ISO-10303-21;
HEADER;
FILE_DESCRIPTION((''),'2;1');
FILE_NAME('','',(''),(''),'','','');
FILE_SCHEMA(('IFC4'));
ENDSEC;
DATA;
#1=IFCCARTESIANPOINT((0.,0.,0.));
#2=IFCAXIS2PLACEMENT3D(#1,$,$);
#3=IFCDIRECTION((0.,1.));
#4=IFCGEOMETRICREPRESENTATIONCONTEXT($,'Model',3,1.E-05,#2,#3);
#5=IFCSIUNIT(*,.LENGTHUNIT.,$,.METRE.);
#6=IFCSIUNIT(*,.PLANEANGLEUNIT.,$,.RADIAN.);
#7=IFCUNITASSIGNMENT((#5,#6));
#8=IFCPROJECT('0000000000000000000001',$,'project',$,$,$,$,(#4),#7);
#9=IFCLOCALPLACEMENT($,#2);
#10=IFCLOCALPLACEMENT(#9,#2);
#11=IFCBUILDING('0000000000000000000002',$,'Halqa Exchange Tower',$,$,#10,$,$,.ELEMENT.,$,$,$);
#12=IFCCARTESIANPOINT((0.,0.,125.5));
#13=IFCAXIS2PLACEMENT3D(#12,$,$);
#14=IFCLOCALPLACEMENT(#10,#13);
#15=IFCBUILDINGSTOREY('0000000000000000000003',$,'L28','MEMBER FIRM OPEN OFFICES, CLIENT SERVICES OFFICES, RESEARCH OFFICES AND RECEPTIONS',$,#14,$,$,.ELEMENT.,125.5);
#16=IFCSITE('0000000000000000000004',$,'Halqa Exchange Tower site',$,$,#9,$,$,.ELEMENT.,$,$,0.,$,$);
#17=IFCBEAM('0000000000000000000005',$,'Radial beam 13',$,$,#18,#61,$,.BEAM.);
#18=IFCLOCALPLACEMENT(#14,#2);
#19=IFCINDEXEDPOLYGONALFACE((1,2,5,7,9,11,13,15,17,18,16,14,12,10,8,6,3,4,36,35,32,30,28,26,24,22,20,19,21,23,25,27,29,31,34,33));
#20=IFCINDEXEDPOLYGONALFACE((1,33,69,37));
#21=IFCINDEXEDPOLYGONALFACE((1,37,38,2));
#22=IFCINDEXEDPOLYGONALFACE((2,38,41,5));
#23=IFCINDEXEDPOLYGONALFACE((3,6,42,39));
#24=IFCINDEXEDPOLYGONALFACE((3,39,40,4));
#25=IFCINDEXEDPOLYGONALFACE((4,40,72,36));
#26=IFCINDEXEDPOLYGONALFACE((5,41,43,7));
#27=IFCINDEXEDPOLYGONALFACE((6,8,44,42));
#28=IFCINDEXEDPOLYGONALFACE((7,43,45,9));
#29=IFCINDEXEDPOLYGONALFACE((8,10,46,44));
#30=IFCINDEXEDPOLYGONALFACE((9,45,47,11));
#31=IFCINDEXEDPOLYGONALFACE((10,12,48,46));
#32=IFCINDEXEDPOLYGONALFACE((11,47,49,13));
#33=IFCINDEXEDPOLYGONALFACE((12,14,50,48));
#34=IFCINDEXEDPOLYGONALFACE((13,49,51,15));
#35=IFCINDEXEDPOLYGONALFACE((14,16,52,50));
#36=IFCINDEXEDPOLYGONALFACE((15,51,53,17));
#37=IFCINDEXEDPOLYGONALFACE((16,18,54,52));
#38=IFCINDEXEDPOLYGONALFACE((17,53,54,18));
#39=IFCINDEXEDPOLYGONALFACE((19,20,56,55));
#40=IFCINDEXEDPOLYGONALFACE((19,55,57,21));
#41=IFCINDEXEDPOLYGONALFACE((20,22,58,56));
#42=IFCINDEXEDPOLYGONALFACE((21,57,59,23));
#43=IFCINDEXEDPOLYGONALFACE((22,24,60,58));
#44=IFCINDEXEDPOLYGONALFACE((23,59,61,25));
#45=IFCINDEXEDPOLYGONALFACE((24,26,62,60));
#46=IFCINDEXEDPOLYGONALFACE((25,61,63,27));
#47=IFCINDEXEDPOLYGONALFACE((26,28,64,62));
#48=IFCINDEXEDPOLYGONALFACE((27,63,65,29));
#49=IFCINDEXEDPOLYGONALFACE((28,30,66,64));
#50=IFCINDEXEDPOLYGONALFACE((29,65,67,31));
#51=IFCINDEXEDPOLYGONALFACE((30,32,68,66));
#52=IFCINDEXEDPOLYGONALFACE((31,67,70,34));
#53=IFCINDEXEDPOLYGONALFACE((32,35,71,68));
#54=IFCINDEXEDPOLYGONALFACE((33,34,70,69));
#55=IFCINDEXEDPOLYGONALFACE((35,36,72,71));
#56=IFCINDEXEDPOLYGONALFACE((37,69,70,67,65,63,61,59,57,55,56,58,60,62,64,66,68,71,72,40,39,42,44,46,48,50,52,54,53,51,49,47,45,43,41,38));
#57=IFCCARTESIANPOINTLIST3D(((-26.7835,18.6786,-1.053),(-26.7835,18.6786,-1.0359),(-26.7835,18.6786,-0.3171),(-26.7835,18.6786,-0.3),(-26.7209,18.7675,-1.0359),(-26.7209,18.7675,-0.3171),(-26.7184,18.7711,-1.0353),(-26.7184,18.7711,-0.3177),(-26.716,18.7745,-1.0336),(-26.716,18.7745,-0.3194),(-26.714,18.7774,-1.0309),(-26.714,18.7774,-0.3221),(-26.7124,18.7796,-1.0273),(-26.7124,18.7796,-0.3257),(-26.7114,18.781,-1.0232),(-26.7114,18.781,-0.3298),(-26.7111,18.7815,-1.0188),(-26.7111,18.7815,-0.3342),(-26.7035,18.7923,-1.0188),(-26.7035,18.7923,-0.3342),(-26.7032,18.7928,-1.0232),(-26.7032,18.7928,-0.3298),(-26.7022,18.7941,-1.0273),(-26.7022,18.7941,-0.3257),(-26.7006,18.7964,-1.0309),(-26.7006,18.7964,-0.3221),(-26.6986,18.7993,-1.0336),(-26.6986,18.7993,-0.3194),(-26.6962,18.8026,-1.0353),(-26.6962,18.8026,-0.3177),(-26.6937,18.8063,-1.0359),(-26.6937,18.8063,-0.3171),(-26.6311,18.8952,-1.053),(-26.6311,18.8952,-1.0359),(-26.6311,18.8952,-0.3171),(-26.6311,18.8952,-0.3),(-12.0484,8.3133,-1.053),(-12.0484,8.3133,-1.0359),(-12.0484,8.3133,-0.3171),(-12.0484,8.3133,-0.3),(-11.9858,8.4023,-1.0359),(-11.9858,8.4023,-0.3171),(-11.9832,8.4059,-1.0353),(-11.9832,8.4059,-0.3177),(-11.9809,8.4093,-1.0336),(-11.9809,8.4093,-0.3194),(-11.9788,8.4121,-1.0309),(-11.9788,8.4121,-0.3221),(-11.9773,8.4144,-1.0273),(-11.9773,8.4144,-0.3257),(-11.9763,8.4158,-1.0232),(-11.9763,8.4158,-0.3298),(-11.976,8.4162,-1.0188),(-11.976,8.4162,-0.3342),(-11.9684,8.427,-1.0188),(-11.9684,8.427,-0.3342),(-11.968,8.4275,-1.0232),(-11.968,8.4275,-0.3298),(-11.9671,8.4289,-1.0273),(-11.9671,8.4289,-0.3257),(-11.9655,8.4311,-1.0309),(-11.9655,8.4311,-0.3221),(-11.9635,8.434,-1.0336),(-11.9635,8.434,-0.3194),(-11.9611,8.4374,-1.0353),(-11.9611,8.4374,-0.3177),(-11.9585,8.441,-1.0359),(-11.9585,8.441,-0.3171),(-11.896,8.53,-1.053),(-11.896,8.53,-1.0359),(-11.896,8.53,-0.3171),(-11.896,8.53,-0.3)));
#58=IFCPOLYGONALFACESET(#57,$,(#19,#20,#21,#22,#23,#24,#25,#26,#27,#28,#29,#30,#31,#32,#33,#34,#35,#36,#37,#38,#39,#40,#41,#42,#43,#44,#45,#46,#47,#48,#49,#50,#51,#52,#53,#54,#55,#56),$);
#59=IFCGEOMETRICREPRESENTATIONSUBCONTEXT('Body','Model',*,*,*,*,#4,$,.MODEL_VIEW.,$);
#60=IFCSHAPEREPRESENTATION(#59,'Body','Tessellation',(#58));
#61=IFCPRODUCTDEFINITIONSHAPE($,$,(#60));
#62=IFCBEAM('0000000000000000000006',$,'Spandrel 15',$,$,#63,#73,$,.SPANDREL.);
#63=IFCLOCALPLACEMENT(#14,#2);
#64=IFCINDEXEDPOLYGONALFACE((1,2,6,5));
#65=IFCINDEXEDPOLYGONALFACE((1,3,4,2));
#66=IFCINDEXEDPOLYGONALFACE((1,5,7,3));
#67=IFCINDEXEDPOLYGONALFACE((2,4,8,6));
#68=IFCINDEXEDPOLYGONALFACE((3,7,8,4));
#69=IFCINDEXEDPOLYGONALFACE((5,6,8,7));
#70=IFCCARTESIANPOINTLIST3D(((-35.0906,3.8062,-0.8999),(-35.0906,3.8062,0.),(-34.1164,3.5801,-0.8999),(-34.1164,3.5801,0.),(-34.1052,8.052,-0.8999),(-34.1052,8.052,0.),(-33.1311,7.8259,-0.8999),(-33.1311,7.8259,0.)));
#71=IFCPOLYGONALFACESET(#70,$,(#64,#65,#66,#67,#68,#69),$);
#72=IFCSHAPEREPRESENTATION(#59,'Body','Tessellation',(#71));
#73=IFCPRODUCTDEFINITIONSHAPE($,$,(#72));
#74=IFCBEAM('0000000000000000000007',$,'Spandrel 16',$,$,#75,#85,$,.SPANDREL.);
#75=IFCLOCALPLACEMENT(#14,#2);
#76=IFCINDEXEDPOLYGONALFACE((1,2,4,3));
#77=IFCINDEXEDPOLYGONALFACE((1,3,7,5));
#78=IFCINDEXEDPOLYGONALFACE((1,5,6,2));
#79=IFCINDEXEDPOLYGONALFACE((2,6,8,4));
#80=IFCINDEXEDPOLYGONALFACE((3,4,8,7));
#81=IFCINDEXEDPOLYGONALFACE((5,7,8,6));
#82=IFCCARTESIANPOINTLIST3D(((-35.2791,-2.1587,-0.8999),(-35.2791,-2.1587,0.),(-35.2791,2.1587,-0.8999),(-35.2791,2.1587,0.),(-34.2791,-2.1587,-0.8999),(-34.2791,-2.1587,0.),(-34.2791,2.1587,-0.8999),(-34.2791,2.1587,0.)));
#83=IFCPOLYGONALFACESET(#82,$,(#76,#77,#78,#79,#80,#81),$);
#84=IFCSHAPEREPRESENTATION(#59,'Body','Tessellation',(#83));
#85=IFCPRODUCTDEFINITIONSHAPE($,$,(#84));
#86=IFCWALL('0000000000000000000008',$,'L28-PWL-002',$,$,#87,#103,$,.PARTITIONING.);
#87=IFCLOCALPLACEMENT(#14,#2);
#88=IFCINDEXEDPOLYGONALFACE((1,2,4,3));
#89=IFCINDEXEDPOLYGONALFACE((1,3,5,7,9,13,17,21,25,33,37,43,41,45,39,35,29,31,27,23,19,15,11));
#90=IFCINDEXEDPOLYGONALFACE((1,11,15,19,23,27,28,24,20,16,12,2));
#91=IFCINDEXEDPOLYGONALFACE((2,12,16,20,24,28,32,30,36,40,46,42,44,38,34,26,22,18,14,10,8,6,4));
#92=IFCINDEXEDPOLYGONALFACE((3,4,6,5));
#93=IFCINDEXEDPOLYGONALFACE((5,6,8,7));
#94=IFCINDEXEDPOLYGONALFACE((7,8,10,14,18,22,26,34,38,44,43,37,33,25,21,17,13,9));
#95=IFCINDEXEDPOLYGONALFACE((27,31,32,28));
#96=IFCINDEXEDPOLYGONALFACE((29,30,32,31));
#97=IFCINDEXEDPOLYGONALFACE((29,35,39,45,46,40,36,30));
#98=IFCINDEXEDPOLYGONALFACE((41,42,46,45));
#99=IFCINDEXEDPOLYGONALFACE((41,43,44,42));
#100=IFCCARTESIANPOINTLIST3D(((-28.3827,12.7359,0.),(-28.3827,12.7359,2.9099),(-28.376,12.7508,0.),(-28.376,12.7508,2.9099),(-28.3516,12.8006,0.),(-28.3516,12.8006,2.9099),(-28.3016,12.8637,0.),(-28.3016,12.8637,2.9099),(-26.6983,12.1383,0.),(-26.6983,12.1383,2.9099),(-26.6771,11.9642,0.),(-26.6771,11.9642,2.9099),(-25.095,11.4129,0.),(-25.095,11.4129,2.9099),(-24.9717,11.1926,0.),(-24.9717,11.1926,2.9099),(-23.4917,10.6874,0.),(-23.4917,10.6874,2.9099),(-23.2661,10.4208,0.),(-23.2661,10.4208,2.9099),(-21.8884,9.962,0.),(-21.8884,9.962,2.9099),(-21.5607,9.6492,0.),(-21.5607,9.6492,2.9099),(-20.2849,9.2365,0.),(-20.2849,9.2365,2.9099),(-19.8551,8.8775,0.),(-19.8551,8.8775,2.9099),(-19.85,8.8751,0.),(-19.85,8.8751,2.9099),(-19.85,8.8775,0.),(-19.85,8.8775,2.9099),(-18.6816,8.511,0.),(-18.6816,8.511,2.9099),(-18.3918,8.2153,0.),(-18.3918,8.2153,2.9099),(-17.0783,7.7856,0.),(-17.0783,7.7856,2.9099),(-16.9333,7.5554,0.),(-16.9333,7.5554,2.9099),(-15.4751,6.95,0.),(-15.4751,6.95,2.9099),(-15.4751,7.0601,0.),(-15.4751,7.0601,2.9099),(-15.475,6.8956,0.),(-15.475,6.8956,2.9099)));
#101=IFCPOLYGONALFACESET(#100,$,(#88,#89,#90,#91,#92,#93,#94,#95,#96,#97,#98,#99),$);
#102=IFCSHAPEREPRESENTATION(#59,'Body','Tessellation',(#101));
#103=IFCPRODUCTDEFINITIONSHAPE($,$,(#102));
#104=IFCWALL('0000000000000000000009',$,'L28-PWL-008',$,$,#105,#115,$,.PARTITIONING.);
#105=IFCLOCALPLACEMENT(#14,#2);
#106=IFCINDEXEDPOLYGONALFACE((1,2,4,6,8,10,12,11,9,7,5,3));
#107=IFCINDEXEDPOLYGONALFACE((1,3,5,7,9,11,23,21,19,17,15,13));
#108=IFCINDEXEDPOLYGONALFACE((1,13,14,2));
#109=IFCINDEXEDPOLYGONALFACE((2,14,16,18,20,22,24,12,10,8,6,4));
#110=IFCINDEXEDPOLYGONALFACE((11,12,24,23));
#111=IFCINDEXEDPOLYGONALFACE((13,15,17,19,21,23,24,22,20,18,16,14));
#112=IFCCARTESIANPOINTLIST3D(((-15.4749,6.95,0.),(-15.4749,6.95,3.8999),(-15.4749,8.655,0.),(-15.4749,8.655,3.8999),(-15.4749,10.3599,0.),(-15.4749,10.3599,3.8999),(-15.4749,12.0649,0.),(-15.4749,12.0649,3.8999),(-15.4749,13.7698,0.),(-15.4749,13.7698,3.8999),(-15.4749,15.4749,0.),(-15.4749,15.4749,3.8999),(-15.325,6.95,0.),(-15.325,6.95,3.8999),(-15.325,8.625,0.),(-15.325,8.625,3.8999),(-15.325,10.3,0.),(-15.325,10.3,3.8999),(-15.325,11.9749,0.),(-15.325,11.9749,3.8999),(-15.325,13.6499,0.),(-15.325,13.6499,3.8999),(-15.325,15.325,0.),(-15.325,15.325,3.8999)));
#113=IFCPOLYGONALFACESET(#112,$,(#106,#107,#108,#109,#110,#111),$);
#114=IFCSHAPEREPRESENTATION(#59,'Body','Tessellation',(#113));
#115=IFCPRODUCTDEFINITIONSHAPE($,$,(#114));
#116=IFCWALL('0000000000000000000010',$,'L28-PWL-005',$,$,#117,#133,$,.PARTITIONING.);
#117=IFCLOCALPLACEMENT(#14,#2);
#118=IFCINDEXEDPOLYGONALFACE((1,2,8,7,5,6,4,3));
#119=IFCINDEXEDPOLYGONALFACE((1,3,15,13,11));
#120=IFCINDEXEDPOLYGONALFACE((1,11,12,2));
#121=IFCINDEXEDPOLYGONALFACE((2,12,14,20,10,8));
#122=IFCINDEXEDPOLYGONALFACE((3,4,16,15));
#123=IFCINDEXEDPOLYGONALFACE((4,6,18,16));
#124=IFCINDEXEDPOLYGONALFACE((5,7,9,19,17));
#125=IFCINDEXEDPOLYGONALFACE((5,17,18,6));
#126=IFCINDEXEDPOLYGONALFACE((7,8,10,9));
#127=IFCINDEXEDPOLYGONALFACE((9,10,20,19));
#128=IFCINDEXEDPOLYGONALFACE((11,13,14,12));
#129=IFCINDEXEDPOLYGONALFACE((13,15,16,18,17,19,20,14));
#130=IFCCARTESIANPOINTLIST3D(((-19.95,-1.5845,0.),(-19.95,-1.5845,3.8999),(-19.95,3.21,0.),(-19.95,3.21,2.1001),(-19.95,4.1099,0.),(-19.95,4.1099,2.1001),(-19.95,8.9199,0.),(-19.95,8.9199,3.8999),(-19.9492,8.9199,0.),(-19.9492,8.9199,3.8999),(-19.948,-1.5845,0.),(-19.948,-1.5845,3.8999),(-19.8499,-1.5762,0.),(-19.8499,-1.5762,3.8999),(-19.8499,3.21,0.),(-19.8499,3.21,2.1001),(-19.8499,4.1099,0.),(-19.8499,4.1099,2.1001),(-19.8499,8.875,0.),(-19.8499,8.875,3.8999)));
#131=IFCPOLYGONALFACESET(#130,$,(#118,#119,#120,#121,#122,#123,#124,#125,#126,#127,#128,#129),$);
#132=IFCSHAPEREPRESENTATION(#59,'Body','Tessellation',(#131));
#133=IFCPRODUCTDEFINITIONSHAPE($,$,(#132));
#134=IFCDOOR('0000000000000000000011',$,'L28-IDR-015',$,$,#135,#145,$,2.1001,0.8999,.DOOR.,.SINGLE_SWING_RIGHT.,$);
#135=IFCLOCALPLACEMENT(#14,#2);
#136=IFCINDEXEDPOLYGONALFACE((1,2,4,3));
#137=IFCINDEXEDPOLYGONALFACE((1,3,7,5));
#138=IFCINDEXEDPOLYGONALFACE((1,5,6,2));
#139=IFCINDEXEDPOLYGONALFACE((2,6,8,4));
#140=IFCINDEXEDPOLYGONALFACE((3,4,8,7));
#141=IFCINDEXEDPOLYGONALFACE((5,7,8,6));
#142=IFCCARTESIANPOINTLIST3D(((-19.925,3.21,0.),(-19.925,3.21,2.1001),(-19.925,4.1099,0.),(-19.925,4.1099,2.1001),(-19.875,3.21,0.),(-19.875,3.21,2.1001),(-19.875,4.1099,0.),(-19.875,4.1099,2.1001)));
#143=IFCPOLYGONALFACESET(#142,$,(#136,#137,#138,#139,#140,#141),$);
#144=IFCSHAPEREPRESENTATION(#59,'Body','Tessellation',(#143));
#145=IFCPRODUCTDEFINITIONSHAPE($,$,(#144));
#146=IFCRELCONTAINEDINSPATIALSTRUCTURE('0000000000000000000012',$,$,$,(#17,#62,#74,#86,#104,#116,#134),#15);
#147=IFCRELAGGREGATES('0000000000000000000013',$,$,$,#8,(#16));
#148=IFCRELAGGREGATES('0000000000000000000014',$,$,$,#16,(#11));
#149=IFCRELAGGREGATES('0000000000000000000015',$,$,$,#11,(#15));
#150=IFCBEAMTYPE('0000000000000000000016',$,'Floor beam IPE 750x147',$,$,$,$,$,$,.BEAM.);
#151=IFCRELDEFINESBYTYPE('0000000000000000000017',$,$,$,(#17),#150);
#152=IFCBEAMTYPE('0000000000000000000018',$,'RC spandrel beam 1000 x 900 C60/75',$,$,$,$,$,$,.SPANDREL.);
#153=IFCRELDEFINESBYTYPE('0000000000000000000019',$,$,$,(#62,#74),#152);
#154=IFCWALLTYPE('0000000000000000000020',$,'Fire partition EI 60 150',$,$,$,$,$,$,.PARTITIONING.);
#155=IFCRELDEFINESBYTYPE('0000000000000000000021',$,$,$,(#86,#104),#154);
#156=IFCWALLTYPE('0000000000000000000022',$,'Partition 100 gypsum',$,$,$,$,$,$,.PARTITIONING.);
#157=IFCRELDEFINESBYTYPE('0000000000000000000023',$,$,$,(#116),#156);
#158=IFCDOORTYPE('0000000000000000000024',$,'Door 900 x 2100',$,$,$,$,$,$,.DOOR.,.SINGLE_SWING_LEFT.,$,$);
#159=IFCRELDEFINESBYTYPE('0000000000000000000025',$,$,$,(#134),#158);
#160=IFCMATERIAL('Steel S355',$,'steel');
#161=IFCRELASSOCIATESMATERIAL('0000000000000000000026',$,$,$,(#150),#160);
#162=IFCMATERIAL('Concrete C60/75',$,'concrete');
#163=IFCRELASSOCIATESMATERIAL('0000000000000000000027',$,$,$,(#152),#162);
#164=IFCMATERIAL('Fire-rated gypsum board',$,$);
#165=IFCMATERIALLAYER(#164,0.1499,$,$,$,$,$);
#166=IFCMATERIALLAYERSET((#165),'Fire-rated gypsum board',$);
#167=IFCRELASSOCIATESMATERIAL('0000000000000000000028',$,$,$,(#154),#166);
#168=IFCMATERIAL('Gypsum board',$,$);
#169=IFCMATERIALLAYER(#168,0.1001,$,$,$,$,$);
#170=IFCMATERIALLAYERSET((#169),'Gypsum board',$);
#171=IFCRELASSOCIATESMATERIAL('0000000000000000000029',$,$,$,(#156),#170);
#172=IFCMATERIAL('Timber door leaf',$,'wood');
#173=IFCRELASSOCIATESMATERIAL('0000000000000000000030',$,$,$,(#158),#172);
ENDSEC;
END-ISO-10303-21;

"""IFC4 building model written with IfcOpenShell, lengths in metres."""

from ifc_helpers import new_model, si_unit, direction, frame, frame_2d, origin, origin_2d, place, context, subcontext, project, spatial, polyline, rectangle, i_section, outline, extrude, material, layer, layer_set, material_profile, profile_set, type_object, element, fill, save


model = new_model("IFC4")

# Units and contexts
model_context = context("Model", 3, precision=1e-05, world=origin(), true_north=direction((0.0, 1.0)))
body_context = subcontext(model_context, "Body", "Model", "MODEL_VIEW")
ifc_project = project(units=[si_unit("LENGTHUNIT", "METRE"), si_unit("PLANEANGLEUNIT", "RADIAN")], contexts=[model_context])

# Site, building, storey
site_placement = place(None, origin())
site = spatial("IfcSite", under=ifc_project, at=site_placement, Name="Halqa Exchange Tower site", CompositionType="ELEMENT", RefElevation=0.0)
building_placement = place(site_placement, origin())
building = spatial("IfcBuilding", under=site, at=building_placement, Name="Halqa Exchange Tower", CompositionType="ELEMENT")
storey_placement = place(building_placement, frame((0.0, 0.0, 125.5)))
storey = spatial("IfcBuildingStorey", under=building, at=storey_placement, Name="L28", Description="MEMBER FIRM OPEN OFFICES, CLIENT SERVICES OFFICES, RESEARCH OFFICES AND RECEPTIONS", CompositionType="ELEMENT", Elevation=125.5)

# Beams
ifc_material_1 = material(Name="Steel S355", Category="steel")
ifc_material_profile_1 = material_profile(ifc_material_1, i_section(OverallWidth=0.2649, OverallDepth=0.7529, WebThickness=0.0132, FlangeThickness=0.0171, FilletRadius=0.0171, at=origin_2d()), Name="IPE 750x147")
ifc_profile_set_1 = profile_set([ifc_material_profile_1], Name="Steel S355")
beam_type_1 = type_object("IfcBeamType", Name="Floor beam IPE 750x147", PredefinedType="BEAM", material=ifc_profile_set_1)
beam_1_placement = place(storey_placement, frame((-11.9722, 8.4216, -0.6765), z_axis=(-0.817909, 0.575348, 0.0), x_axis=(-0.575348, -0.817909, 0.0)))
element("IfcBeam", 1, at=beam_1_placement, inside=storey, type_object=beam_type_1, Name="Radial beam 13", PredefinedType="BEAM", context=body_context, shape_type="SweptSolid", body=[
    extrude(i_section(OverallWidth=0.2649, OverallDepth=0.7529, WebThickness=0.0132, FlangeThickness=0.0171, FilletRadius=0.0171, at=origin_2d()), origin(), (0.0, 0.0, 1.0), 18.0156),
])
ifc_material_2 = material(Name="Concrete C60/75", Category="concrete")
ifc_material_profile_2 = material_profile(ifc_material_2, rectangle(XDim=1.0, YDim=0.8999, at=origin_2d()), Name="1000 x 900")
ifc_profile_set_2 = profile_set([ifc_material_profile_2], Name="Concrete C60/75")
beam_type_2 = type_object("IfcBeamType", Name="RC spandrel beam 1000 x 900 C60/75", PredefinedType="SPANDREL", material=ifc_profile_set_2)
beam_2_placement = place(storey_placement, frame((-33.6182, 7.939, -0.45), z_axis=(-0.226066, -0.974112, 0.0), x_axis=(0.974112, -0.226066, 0.0)))
element("IfcBeam", 2, at=beam_2_placement, inside=storey, type_object=beam_type_2, Name="Spandrel 15", PredefinedType="SPANDREL", context=body_context, shape_type="SweptSolid", body=[
    extrude(rectangle(XDim=1.0, YDim=0.8999, at=origin_2d()), origin(), (0.0, 0.0, 1.0), 4.3586),
])
beam_3_placement = place(storey_placement, frame((-34.7791, 2.1587, -0.45), z_axis=(0.0, -1.0, 0.0), x_axis=(1.0, 0.0, 0.0)))
element("IfcBeam", 3, at=beam_3_placement, inside=storey, type_object=beam_type_2, Name="Spandrel 16", PredefinedType="SPANDREL", context=body_context, shape_type="SweptSolid", body=[
    extrude(rectangle(XDim=1.0, YDim=0.8999, at=origin_2d()), origin(), (0.0, 0.0, 1.0), 4.3174),
])

# Walls
ifc_material_3 = material(Name="Fire-rated gypsum board")
ifc_layer_1 = layer(ifc_material_3, 0.1499)
ifc_layer_set_1 = layer_set([ifc_layer_1], Name="Fire-rated gypsum board")
wall_type_1 = type_object("IfcWallType", Name="Fire partition EI 60 150", PredefinedType="PARTITIONING", material=ifc_layer_set_1)
wall_1_placement = place(storey_placement, frame((-28.3518, 12.8042, 0.0), z_axis=(0.0, 0.0, 1.0), x_axis=(0.911078, -0.412234, 0.0)))
element("IfcWall", 4, at=wall_1_placement, inside=storey, type_object=wall_type_1, Name="L28-PWL-002", PredefinedType="PARTITIONING", context=body_context, shape_type="SweptSolid", body=[
    extrude(outline(polyline([(0.0, -0.075), (1.8721, -0.075), (3.7439, -0.075), (5.616, -0.075), (7.4878, -0.075), (9.3599, -0.075), (9.3645, -0.0728), (9.3655, -0.075), (10.9661, -0.075), (12.5669, -0.075), (14.1675, -0.075), (14.1675, -0.075), (14.145, -0.0254), (14.0996, 0.075), (12.3398, 0.075), (10.5801, 0.075), (8.8203, 0.075), (7.0603, 0.075), (5.3005, 0.075), (3.5408, 0.075), (1.781, 0.075), (0.0212, 0.075), (0.0017, -0.0032), (0.0, -0.0586), (0.0, -0.075)])), origin(), (0.0, 0.0, 1.0), 2.9099),
])
wall_2_placement = place(storey_placement, frame((-15.3999, 6.95, 0.0), z_axis=(0.0, 0.0, 1.0), x_axis=(0.0, 1.0, 0.0)))
element("IfcWall", 5, at=wall_2_placement, inside=storey, type_object=wall_type_1, Name="L28-PWL-008", PredefinedType="PARTITIONING", context=body_context, shape_type="SweptSolid", body=[
    extrude(outline(polyline([(0.0, -0.075), (1.675, -0.075), (3.3501, -0.075), (5.0249, -0.075), (6.7, -0.075), (8.375, -0.075), (8.5249, 0.075), (6.8198, 0.075), (5.115, 0.075), (3.4099, 0.075), (1.7051, 0.075), (0.0, 0.075), (0.0, -0.075)])), origin(), (0.0, 0.0, 1.0), 3.8999),
])

# Wall, opening, door
ifc_material_4 = material(Name="Gypsum board")
ifc_layer_2 = layer(ifc_material_4, 0.1001)
ifc_layer_set_2 = layer_set([ifc_layer_2], Name="Gypsum board")
wall_type_2 = type_object("IfcWallType", Name="Partition 100 gypsum", PredefinedType="PARTITIONING", material=ifc_layer_set_2)
wall_3_placement = place(storey_placement, frame((-19.8999, -1.5845, 0.0), z_axis=(0.0, 0.0, 1.0), x_axis=(0.0, 1.0, 0.0)))
wall_3 = element("IfcWall", 6, at=wall_3_placement, inside=storey, type_object=wall_type_2, Name="L28-PWL-005", PredefinedType="PARTITIONING", context=body_context, shape_type="SweptSolid", body=[
    extrude(outline(polyline([(0.0083, -0.05), (1.75, -0.05), (3.4919, -0.05), (5.2339, -0.05), (6.9756, -0.05), (8.7175, -0.05), (10.4595, -0.05), (10.5044, 0.0493), (10.5044, 0.05), (8.7537, 0.05), (7.0029, 0.05), (5.2522, 0.05), (3.5015, 0.05), (1.7507, 0.05), (0.0, 0.05), (0.0, 0.0481), (0.0083, -0.05)])), origin(), (0.0, 0.0, 1.0), 3.8999),
])
opening_1_placement = place(wall_3_placement, frame((4.7944, 0.0, 0.0)))
opening_1 = element("IfcOpeningElement", 7, at=opening_1_placement, cuts=wall_3, PredefinedType="OPENING", context=body_context, shape_type="SweptSolid", body=[
    extrude(rectangle(XDim=0.8999, YDim=2.1001, at=frame_2d((0.45, 1.05))), frame((0.0, 0.062, 0.0), z_axis=(0.0, -1.0, 0.0), x_axis=(1.0, 0.0, 0.0)), (0.0, 0.0, 1.0), 0.124),
])
ifc_material_5 = material(Name="Timber door leaf", Category="wood")
door_type_1 = type_object("IfcDoorType", Name="Door 900 x 2100", OperationType="SINGLE_SWING_LEFT", PredefinedType="DOOR", material=ifc_material_5)
door_1_placement = place(opening_1_placement, frame((0.8999, 0.0, 0.0), z_axis=(0.0, 0.0, 1.0), x_axis=(-1.0, 0.0, 0.0)))
door_1 = element("IfcDoor", 8, at=door_1_placement, inside=storey, type_object=door_type_1, Name="L28-IDR-015", OperationType="SINGLE_SWING_RIGHT", OverallHeight=2.1001, OverallWidth=0.8999, PredefinedType="DOOR", context=body_context, shape_type="SweptSolid", body=[
    extrude(rectangle(XDim=0.8999, YDim=2.1001, at=frame_2d((0.45, 1.05))), frame((0.0, 0.0249, 0.0), z_axis=(0.0, -1.0, 0.0), x_axis=(1.0, 0.0, 0.0)), (0.0, 0.0, 1.0), 0.05),
])
fill(opening_1, door_1)

save(model, "model.ifc")
